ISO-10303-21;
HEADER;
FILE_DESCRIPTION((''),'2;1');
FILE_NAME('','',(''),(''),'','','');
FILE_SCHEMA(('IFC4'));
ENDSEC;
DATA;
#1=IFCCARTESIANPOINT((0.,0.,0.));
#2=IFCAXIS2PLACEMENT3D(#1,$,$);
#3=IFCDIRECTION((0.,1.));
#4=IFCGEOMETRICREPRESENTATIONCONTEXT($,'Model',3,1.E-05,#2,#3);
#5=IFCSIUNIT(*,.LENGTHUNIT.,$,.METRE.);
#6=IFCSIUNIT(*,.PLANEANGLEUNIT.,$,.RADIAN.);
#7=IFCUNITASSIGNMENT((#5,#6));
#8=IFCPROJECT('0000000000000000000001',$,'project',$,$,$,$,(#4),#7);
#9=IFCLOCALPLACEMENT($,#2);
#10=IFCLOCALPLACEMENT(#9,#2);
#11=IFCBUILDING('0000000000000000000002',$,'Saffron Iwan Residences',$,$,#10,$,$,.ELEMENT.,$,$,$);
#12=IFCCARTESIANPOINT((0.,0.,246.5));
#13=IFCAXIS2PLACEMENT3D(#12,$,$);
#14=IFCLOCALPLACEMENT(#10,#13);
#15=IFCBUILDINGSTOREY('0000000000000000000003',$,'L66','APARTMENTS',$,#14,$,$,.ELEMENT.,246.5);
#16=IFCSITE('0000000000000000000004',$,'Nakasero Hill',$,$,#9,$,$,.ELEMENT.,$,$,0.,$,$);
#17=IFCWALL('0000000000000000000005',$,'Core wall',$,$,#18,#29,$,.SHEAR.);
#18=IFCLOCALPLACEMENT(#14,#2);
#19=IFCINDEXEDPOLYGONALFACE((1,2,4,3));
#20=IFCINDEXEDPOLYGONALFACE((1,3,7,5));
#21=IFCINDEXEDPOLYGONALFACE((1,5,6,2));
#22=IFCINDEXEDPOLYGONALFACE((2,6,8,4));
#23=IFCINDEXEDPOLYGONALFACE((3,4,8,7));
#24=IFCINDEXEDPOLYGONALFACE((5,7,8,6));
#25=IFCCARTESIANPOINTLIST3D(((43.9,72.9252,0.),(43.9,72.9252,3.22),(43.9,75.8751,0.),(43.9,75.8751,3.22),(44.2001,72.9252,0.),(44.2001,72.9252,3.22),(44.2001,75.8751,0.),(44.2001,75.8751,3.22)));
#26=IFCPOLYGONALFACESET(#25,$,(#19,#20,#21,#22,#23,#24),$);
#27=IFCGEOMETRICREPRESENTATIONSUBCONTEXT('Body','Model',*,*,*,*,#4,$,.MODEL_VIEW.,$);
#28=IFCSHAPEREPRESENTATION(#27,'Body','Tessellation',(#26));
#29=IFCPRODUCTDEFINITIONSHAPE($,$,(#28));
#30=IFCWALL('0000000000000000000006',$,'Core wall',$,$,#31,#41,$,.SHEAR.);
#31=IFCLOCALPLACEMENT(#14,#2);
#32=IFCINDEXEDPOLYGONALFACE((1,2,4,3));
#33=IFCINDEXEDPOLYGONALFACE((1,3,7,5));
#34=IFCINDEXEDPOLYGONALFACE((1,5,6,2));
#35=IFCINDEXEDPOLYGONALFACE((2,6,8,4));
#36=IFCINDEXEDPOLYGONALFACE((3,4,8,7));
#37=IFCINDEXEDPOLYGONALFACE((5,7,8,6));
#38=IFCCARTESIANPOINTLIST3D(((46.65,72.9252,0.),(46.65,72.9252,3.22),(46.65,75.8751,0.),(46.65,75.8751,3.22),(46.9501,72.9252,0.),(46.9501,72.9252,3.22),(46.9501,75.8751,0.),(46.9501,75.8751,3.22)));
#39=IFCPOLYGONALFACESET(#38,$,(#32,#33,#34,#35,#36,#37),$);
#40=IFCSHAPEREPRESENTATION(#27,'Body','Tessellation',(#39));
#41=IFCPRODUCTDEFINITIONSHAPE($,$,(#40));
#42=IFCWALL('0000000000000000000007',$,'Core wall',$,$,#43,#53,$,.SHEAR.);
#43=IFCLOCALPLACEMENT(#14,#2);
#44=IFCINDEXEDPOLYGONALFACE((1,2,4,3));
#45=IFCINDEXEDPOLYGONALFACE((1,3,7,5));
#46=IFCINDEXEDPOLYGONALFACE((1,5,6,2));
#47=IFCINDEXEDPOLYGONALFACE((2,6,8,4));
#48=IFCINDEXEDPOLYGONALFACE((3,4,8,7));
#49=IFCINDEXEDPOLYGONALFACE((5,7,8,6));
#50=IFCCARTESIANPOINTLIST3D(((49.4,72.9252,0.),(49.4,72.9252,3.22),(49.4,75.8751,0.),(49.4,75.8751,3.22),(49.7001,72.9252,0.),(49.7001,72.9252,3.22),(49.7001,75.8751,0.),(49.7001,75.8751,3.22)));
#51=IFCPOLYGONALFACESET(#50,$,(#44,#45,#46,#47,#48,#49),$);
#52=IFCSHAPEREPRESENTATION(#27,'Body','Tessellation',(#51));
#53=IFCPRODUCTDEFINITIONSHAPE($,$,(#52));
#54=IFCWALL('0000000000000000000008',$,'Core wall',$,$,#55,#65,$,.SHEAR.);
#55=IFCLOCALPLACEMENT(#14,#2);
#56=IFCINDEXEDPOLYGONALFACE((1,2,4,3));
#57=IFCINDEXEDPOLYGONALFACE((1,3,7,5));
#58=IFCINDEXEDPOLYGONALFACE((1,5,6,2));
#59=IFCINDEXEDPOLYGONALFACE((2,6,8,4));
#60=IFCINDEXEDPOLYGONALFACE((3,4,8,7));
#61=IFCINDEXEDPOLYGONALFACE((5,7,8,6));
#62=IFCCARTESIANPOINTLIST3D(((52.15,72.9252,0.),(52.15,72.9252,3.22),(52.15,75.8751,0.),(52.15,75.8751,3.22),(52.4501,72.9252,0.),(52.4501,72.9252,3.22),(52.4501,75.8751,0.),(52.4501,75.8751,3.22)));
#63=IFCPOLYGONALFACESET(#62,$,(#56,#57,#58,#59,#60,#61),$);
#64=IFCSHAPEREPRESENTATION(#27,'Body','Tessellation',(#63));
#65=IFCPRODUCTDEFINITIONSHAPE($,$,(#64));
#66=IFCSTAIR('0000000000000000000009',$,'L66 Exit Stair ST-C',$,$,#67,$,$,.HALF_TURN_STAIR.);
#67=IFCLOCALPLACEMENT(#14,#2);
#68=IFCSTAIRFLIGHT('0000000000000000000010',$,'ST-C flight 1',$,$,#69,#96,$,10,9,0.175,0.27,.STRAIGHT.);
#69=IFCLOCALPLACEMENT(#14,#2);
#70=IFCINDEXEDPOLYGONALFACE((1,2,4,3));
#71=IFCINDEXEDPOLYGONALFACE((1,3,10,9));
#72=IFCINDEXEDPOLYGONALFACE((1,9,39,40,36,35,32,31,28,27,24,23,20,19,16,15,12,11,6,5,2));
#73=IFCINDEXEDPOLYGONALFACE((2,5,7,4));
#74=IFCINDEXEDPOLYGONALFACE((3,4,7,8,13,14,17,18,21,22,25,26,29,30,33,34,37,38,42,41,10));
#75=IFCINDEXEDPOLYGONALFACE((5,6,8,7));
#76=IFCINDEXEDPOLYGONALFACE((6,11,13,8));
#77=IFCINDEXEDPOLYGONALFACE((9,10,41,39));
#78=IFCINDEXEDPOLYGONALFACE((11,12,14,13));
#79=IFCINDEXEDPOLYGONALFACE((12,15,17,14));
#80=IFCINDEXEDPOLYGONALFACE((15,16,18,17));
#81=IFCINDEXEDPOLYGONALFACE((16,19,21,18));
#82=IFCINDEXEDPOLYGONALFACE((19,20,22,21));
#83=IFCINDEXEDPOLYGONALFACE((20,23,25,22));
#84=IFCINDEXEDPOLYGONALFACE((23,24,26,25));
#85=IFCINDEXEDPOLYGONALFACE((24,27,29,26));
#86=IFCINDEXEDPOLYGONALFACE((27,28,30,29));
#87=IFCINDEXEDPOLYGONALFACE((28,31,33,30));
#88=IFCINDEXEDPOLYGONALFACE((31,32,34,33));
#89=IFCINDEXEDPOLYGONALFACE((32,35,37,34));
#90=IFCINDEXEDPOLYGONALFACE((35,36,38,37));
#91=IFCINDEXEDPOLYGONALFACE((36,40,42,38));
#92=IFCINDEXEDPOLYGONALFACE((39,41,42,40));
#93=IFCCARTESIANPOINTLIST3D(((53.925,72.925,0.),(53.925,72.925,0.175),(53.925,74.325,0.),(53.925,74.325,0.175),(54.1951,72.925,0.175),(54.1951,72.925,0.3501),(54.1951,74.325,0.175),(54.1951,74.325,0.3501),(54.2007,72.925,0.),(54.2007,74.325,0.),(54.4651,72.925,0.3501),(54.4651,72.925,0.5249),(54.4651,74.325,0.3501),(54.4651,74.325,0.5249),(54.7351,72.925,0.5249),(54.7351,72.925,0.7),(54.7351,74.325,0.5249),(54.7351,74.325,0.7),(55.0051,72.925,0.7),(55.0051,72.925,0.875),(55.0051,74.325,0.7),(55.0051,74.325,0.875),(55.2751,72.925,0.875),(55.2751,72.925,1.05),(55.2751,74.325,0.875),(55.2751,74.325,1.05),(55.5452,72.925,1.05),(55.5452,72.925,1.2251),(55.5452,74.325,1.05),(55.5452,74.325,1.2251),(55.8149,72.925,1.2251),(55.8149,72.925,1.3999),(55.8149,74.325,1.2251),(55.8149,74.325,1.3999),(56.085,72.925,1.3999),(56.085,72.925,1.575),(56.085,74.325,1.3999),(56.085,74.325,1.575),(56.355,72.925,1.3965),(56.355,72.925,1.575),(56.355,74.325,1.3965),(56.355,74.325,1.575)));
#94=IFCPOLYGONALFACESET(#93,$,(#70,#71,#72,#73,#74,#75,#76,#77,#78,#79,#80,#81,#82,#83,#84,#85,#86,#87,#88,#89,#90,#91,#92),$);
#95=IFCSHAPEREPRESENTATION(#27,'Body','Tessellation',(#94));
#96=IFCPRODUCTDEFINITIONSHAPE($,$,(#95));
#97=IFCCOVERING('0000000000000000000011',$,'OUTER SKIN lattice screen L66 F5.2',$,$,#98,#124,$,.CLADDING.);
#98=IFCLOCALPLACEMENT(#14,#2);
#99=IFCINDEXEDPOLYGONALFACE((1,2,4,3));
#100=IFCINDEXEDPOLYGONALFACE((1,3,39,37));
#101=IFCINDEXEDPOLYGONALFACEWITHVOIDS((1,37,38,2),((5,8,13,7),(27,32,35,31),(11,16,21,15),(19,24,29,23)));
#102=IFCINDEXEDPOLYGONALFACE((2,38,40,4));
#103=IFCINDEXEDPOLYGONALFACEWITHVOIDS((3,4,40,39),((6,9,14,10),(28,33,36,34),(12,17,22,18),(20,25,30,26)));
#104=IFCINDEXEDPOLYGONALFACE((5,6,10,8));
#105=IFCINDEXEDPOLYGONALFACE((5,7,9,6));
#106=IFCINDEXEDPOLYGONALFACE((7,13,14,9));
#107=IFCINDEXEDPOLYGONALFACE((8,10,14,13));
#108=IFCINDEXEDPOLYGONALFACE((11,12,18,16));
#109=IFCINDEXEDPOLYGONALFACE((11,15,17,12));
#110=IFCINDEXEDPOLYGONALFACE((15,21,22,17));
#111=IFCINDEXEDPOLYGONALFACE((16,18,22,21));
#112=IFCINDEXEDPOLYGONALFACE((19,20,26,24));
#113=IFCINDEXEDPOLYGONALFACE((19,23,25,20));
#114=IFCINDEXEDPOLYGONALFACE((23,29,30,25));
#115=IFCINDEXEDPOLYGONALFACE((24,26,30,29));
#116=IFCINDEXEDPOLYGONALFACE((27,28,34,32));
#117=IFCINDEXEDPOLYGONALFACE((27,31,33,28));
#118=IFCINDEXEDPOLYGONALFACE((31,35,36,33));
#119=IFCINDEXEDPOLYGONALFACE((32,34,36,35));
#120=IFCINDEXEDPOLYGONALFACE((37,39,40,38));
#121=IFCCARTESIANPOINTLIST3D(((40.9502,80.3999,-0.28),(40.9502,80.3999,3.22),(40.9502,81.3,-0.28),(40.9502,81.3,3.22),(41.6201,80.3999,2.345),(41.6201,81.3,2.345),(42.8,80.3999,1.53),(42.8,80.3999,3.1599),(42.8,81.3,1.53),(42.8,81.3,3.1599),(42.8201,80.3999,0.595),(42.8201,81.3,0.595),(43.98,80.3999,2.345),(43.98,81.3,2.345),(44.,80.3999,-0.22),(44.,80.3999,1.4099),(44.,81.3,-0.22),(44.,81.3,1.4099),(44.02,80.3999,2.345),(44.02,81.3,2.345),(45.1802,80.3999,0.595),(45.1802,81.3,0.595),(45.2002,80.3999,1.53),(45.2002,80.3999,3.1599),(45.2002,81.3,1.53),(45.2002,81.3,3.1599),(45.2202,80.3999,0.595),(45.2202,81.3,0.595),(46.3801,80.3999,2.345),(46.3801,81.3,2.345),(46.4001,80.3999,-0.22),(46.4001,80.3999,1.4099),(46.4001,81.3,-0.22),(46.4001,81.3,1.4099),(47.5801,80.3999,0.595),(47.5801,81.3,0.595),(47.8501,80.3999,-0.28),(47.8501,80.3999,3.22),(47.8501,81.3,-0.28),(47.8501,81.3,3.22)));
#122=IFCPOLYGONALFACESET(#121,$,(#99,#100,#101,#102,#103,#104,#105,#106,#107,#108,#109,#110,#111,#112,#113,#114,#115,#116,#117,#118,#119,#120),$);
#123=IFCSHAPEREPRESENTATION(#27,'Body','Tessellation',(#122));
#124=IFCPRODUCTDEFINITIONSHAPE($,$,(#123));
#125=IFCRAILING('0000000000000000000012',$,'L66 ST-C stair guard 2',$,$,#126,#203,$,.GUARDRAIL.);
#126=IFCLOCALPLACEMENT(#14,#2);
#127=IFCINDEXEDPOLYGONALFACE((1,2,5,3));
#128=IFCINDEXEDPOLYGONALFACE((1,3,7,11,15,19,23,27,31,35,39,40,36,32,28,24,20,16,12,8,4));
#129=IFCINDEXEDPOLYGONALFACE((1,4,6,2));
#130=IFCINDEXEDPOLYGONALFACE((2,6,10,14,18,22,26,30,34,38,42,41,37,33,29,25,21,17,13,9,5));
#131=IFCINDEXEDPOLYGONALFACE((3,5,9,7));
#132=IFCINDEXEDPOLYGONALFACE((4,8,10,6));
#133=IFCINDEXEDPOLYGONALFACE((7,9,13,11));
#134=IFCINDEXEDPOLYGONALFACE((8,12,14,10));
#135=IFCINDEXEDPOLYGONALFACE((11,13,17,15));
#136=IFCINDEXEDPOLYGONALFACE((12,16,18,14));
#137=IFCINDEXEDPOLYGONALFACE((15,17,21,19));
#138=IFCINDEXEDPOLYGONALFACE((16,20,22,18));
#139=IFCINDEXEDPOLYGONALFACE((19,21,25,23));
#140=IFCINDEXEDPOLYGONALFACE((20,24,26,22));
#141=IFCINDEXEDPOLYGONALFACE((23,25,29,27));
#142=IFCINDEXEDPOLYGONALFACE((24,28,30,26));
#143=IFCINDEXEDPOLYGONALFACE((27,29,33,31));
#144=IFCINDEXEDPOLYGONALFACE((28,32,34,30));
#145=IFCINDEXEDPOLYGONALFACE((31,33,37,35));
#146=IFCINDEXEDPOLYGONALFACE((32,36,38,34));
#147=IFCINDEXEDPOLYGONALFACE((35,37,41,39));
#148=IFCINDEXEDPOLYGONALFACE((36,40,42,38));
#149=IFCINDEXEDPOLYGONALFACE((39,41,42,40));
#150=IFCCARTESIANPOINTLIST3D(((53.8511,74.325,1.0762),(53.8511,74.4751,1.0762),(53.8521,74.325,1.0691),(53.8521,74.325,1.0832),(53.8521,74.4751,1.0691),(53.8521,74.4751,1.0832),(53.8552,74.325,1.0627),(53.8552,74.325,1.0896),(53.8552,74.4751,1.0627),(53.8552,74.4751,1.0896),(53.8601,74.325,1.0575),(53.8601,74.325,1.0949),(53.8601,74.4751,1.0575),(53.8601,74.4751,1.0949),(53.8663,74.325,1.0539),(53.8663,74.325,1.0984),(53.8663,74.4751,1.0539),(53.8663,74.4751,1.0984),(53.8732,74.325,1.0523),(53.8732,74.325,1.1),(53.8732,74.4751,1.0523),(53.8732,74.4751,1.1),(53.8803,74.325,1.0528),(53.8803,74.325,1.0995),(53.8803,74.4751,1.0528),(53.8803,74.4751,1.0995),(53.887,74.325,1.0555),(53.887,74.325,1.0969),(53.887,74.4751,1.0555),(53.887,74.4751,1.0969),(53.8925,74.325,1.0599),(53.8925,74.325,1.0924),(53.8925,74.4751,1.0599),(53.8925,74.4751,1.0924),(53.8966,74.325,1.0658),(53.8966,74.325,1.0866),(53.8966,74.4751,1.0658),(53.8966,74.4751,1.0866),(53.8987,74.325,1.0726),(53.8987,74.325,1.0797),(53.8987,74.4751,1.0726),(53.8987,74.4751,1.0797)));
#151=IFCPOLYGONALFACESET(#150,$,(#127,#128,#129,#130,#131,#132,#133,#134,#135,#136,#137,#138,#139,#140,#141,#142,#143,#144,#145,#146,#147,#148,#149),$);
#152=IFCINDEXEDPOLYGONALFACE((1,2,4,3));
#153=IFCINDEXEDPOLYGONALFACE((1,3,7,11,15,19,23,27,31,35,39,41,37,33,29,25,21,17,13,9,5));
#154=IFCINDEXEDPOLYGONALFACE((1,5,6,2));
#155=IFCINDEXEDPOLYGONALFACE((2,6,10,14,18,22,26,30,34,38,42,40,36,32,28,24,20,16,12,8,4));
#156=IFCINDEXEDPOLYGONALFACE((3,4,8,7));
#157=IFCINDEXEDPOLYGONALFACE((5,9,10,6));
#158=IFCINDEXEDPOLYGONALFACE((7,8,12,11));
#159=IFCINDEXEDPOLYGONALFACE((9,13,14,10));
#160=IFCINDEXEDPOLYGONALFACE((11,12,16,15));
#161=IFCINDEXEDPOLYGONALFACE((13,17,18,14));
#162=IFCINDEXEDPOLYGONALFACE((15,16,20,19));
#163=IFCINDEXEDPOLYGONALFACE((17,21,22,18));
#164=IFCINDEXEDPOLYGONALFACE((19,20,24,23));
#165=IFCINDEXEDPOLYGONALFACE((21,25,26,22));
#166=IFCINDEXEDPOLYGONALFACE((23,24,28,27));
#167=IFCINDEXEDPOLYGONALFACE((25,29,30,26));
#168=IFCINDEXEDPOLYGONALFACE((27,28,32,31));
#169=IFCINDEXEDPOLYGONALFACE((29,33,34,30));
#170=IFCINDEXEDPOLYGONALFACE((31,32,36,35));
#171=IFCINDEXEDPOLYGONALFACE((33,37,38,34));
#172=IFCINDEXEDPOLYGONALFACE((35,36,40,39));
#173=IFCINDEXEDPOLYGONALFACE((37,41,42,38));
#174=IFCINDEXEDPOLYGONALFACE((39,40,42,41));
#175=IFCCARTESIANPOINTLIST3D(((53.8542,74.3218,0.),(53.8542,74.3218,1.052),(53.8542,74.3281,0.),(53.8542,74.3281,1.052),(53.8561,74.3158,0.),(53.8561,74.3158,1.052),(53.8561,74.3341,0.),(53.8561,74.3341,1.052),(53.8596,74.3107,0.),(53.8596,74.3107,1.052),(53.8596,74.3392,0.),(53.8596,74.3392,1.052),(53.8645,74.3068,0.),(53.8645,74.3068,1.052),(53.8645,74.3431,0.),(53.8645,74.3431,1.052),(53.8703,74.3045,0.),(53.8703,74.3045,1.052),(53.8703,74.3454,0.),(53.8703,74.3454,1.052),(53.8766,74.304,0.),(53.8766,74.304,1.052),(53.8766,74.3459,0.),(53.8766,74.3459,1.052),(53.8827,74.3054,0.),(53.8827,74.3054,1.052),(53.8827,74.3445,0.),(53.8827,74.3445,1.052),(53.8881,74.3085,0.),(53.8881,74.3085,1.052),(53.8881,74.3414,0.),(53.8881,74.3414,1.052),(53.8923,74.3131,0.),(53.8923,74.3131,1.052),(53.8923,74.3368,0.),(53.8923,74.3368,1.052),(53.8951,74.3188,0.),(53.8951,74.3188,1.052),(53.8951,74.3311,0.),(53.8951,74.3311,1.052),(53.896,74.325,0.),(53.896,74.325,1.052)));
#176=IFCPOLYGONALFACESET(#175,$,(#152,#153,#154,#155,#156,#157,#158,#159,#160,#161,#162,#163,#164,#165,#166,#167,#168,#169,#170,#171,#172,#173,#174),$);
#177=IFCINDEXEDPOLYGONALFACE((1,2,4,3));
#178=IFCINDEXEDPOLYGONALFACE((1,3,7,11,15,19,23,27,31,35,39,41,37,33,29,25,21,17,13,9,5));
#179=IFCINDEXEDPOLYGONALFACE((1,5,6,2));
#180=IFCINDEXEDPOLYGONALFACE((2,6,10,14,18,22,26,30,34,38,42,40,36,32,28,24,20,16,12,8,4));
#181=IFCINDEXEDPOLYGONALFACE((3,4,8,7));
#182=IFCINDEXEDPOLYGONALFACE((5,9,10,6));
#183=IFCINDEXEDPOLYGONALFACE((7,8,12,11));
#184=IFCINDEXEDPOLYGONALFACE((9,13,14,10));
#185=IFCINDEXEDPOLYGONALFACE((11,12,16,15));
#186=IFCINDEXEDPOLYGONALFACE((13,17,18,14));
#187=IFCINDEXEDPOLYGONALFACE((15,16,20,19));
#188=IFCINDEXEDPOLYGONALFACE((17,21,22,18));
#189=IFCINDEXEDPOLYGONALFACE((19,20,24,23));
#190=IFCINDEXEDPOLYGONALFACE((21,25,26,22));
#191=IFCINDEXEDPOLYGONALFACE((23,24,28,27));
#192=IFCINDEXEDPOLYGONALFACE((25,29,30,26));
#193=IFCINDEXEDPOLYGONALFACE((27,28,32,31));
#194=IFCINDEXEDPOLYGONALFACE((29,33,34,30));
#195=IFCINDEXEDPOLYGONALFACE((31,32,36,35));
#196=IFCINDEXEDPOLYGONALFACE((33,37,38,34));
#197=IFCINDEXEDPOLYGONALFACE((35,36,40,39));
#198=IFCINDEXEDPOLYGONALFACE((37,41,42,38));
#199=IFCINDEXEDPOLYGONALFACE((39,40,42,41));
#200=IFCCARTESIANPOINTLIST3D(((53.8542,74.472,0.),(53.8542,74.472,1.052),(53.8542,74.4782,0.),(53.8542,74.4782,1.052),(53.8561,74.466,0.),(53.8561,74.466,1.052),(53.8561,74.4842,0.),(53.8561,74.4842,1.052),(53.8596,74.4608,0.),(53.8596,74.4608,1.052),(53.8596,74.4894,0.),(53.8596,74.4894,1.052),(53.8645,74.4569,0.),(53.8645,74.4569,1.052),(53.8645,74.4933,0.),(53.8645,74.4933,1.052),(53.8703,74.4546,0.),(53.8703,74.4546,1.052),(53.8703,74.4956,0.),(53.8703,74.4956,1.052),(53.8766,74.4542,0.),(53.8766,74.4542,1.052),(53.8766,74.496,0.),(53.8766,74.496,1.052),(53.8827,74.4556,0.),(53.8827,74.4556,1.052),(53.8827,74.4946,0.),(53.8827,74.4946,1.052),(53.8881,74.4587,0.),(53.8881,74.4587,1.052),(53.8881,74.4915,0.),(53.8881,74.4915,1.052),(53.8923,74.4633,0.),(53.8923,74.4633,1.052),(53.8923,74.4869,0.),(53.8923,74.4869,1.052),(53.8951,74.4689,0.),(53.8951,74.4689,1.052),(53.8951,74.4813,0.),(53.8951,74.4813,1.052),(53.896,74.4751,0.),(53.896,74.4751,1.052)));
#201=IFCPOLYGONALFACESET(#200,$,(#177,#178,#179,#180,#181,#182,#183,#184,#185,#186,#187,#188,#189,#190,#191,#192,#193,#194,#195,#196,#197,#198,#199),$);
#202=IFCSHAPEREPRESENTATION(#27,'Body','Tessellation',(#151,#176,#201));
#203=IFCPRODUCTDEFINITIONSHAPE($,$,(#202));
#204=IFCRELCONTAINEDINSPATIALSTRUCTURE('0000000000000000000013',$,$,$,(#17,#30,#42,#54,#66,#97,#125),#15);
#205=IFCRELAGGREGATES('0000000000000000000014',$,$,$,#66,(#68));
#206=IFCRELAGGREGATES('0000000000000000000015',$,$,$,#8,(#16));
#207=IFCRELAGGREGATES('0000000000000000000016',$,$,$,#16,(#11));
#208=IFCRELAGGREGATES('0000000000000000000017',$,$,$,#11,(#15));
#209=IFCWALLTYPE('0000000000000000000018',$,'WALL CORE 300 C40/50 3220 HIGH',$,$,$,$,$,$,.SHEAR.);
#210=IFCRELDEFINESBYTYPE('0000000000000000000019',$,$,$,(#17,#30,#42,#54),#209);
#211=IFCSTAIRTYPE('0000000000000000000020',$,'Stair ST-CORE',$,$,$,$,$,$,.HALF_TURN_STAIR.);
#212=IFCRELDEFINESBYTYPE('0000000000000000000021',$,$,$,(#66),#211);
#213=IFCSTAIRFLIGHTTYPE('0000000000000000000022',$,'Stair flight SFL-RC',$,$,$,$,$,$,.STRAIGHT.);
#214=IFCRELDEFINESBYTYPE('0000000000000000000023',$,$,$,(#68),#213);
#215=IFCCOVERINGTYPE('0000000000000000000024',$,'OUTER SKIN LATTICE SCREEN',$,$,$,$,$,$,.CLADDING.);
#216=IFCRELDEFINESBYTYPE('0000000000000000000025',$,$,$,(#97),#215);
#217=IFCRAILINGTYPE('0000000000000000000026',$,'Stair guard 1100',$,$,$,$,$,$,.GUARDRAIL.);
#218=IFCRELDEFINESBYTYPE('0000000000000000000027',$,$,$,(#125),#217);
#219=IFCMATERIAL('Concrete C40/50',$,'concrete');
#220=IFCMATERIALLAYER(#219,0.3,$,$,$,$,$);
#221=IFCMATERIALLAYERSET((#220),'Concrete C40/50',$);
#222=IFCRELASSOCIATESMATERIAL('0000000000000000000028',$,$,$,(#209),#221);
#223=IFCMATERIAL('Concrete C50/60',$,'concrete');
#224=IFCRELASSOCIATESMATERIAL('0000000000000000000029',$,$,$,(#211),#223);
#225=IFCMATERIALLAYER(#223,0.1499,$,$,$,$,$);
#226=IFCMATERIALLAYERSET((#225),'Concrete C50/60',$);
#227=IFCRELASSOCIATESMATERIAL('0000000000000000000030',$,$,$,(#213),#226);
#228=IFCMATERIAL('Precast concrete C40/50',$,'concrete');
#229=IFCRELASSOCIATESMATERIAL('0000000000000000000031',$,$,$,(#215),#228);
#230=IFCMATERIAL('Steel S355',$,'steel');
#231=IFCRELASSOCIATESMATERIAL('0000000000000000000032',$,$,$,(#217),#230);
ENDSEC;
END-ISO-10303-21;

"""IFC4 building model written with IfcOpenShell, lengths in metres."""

from ifc_helpers import new_model, si_unit, direction, frame, frame_2d, origin, origin_2d, place, context, subcontext, project, spatial, polyline, rectangle, circle, outline, extrude, material, layer, layer_set, type_object, element, aggregate, save


model = new_model("IFC4")

# Units and contexts
model_context = context("Model", 3, precision=1e-05, world=origin(), true_north=direction((0.0, 1.0)))
body_context = subcontext(model_context, "Body", "Model", "MODEL_VIEW")
ifc_project = project(units=[si_unit("LENGTHUNIT", "METRE"), si_unit("PLANEANGLEUNIT", "RADIAN")], contexts=[model_context])

# Site, building, storey
site_placement = place(None, origin())
site = spatial("IfcSite", under=ifc_project, at=site_placement, Name="Nakasero Hill", CompositionType="ELEMENT", RefElevation=0.0)
building_placement = place(site_placement, origin())
building = spatial("IfcBuilding", under=site, at=building_placement, Name="Saffron Iwan Residences", CompositionType="ELEMENT")
storey_placement = place(building_placement, frame((0.0, 0.0, 246.5)))
storey = spatial("IfcBuildingStorey", under=building, at=storey_placement, Name="L66", Description="APARTMENTS", CompositionType="ELEMENT", Elevation=246.5)

# Shared definitions
ifc_material_1 = material(Name="Concrete C40/50", Category="concrete")

# Walls
ifc_layer_1 = layer(ifc_material_1, 0.3)
ifc_layer_set_1 = layer_set([ifc_layer_1], Name="Concrete C40/50")
wall_type_1 = type_object("IfcWallType", Name="WALL CORE 300 C40/50 3220 HIGH", PredefinedType="SHEAR", material=ifc_layer_set_1)
for number, where, z_axis, x_axis, name in (
    (1, (44.05, 72.925, 0.0), (0.0, 0.0, 1.0), (0.0, 1.0, 0.0), "Core wall"),
    (2, (46.8, 72.925, 0.0), (0.0, 0.0, 1.0), (0.0, 1.0, 0.0), "Core wall"),
    (3, (49.55, 72.925, 0.0), (0.0, 0.0, 1.0), (0.0, 1.0, 0.0), "Core wall"),
    (4, (52.3, 72.925, 0.0), (0.0, 0.0, 1.0), (0.0, 1.0, 0.0), "Core wall"),
):
    element("IfcWall", number, at=place(storey_placement, frame(where, z_axis=z_axis, x_axis=x_axis)), inside=storey, type_object=wall_type_1, Name=name, PredefinedType="SHEAR", context=body_context, shape_type="SweptSolid", body=[
        extrude(rectangle(XDim=2.95, YDim=0.3, at=frame_2d((1.4751, 0.0))), origin(), (0.0, 0.0, 1.0), 3.22),
    ])

# Stair, stair flight
ifc_material_2 = material(Name="Concrete C50/60", Category="concrete")
stair_type = type_object("IfcStairType", Name="Stair ST-CORE", PredefinedType="HALF_TURN_STAIR", material=ifc_material_2)
stair_placement = place(storey_placement, origin())
stair = element("IfcStair", 5, at=stair_placement, inside=storey, type_object=stair_type, Name="L66 Exit Stair ST-C", PredefinedType="HALF_TURN_STAIR")
ifc_layer_2 = layer(ifc_material_2, 0.1499)
ifc_layer_set_2 = layer_set([ifc_layer_2], Name="Concrete C50/60")
stair_flight_type = type_object("IfcStairFlightType", Name="Stair flight SFL-RC", PredefinedType="STRAIGHT", material=ifc_layer_set_2)
stair_flight_placement = place(storey_placement, frame((53.925, 73.625, 0.0), z_axis=(0.0, 0.0, 1.0), x_axis=(1.0, 0.0, 0.0)))
stair_flight = element("IfcStairFlight", 6, at=stair_flight_placement, type_object=stair_flight_type, Name="ST-C flight 1", NumberOfRisers=10, NumberOfTreads=9, PredefinedType="STRAIGHT", RiserHeight=0.175, TreadLength=0.27, context=body_context, shape_type="SweptSolid", body=[
    extrude(outline(polyline([(0.0, 0.0), (0.0, 0.175), (0.27, 0.175), (0.27, 0.3501), (0.54, 0.3501), (0.54, 0.5249), (0.8101, 0.5249), (0.8101, 0.7), (1.0801, 0.7), (1.0801, 0.875), (1.3501, 0.875), (1.3501, 1.05), (1.6201, 1.05), (1.6201, 1.2251), (1.8899, 1.2251), (1.8899, 1.3999), (2.1599, 1.3999), (2.1599, 1.575), (2.4299, 1.575), (2.4299, 1.75), (2.4299, 1.3965), (0.2756, 0.0), (0.0, 0.0)])), frame((0.0, 0.7, 0.0), z_axis=(0.0, -1.0, 0.0), x_axis=(1.0, 0.0, 0.0)), (0.0, 0.0, 1.0), 1.3999),
])
aggregate(stair, [stair_flight])

# Covering
ifc_material_3 = material(Name="Precast concrete C40/50", Category="concrete")
covering_type_1 = type_object("IfcCoveringType", Name="OUTER SKIN LATTICE SCREEN", PredefinedType="CLADDING", material=ifc_material_3)
covering_1_placement = place(storey_placement, frame((47.8501, 80.3999, -0.28), z_axis=(0.0, 1.0, 0.0), x_axis=(-1.0, 0.0, 0.0)))
element("IfcCovering", 7, at=covering_1_placement, inside=storey, type_object=covering_type_1, Name="OUTER SKIN lattice screen L66 F5.2", PredefinedType="CLADDING", context=body_context, shape_type="SweptSolid", body=[
    extrude(outline(polyline([(0.0, 0.0), (6.8999, 0.0), (6.8999, 3.5), (0.0, 3.5), (0.0, 0.0)]), holes=[polyline([(0.27, 0.875), (1.45, 0.0601), (2.6299, 0.875), (1.45, 1.6899), (0.27, 0.875)]), polyline([(2.6699, 0.875), (3.8501, 0.0601), (5.03, 0.875), (3.8501, 1.6899), (2.6699, 0.875)]), polyline([(1.47, 2.625), (2.6499, 1.8101), (3.8301, 2.625), (2.6499, 3.4399), (1.47, 2.625)]), polyline([(3.8701, 2.625), (5.05, 1.8101), (6.23, 2.625), (5.05, 3.4399), (3.8701, 2.625)])]), origin(), (0.0, 0.0, 1.0), 0.9001),
])

# Railing
ifc_material_4 = material(Name="Steel S355", Category="steel")
railing_type_1 = type_object("IfcRailingType", Name="Stair guard 1100", PredefinedType="GUARDRAIL", material=ifc_material_4)
railing_1_placement = place(storey_placement, frame((53.875, 74.325, 0.0)))
element("IfcRailing", 8, at=railing_1_placement, inside=storey, type_object=railing_type_1, Name="L66 ST-C stair guard 2", PredefinedType="GUARDRAIL", context=body_context, shape_type="SweptSolid", body=[
    extrude(circle(Radius=0.0239, at=origin_2d()), frame((0.0, 0.0, 1.0762), z_axis=(0.0, 1.0, 0.0), x_axis=(-1.0, 0.0, 0.0)), (0.0, 0.0, 1.0), 0.1501),
    extrude(circle(Radius=0.021, at=origin_2d()), origin(), (0.0, 0.0, 1.0), 1.052),
    extrude(circle(Radius=0.021, at=origin_2d()), frame((0.0, 0.1501, 0.0)), (0.0, 0.0, 1.0), 1.052),
])

save(model, "model.ifc")
